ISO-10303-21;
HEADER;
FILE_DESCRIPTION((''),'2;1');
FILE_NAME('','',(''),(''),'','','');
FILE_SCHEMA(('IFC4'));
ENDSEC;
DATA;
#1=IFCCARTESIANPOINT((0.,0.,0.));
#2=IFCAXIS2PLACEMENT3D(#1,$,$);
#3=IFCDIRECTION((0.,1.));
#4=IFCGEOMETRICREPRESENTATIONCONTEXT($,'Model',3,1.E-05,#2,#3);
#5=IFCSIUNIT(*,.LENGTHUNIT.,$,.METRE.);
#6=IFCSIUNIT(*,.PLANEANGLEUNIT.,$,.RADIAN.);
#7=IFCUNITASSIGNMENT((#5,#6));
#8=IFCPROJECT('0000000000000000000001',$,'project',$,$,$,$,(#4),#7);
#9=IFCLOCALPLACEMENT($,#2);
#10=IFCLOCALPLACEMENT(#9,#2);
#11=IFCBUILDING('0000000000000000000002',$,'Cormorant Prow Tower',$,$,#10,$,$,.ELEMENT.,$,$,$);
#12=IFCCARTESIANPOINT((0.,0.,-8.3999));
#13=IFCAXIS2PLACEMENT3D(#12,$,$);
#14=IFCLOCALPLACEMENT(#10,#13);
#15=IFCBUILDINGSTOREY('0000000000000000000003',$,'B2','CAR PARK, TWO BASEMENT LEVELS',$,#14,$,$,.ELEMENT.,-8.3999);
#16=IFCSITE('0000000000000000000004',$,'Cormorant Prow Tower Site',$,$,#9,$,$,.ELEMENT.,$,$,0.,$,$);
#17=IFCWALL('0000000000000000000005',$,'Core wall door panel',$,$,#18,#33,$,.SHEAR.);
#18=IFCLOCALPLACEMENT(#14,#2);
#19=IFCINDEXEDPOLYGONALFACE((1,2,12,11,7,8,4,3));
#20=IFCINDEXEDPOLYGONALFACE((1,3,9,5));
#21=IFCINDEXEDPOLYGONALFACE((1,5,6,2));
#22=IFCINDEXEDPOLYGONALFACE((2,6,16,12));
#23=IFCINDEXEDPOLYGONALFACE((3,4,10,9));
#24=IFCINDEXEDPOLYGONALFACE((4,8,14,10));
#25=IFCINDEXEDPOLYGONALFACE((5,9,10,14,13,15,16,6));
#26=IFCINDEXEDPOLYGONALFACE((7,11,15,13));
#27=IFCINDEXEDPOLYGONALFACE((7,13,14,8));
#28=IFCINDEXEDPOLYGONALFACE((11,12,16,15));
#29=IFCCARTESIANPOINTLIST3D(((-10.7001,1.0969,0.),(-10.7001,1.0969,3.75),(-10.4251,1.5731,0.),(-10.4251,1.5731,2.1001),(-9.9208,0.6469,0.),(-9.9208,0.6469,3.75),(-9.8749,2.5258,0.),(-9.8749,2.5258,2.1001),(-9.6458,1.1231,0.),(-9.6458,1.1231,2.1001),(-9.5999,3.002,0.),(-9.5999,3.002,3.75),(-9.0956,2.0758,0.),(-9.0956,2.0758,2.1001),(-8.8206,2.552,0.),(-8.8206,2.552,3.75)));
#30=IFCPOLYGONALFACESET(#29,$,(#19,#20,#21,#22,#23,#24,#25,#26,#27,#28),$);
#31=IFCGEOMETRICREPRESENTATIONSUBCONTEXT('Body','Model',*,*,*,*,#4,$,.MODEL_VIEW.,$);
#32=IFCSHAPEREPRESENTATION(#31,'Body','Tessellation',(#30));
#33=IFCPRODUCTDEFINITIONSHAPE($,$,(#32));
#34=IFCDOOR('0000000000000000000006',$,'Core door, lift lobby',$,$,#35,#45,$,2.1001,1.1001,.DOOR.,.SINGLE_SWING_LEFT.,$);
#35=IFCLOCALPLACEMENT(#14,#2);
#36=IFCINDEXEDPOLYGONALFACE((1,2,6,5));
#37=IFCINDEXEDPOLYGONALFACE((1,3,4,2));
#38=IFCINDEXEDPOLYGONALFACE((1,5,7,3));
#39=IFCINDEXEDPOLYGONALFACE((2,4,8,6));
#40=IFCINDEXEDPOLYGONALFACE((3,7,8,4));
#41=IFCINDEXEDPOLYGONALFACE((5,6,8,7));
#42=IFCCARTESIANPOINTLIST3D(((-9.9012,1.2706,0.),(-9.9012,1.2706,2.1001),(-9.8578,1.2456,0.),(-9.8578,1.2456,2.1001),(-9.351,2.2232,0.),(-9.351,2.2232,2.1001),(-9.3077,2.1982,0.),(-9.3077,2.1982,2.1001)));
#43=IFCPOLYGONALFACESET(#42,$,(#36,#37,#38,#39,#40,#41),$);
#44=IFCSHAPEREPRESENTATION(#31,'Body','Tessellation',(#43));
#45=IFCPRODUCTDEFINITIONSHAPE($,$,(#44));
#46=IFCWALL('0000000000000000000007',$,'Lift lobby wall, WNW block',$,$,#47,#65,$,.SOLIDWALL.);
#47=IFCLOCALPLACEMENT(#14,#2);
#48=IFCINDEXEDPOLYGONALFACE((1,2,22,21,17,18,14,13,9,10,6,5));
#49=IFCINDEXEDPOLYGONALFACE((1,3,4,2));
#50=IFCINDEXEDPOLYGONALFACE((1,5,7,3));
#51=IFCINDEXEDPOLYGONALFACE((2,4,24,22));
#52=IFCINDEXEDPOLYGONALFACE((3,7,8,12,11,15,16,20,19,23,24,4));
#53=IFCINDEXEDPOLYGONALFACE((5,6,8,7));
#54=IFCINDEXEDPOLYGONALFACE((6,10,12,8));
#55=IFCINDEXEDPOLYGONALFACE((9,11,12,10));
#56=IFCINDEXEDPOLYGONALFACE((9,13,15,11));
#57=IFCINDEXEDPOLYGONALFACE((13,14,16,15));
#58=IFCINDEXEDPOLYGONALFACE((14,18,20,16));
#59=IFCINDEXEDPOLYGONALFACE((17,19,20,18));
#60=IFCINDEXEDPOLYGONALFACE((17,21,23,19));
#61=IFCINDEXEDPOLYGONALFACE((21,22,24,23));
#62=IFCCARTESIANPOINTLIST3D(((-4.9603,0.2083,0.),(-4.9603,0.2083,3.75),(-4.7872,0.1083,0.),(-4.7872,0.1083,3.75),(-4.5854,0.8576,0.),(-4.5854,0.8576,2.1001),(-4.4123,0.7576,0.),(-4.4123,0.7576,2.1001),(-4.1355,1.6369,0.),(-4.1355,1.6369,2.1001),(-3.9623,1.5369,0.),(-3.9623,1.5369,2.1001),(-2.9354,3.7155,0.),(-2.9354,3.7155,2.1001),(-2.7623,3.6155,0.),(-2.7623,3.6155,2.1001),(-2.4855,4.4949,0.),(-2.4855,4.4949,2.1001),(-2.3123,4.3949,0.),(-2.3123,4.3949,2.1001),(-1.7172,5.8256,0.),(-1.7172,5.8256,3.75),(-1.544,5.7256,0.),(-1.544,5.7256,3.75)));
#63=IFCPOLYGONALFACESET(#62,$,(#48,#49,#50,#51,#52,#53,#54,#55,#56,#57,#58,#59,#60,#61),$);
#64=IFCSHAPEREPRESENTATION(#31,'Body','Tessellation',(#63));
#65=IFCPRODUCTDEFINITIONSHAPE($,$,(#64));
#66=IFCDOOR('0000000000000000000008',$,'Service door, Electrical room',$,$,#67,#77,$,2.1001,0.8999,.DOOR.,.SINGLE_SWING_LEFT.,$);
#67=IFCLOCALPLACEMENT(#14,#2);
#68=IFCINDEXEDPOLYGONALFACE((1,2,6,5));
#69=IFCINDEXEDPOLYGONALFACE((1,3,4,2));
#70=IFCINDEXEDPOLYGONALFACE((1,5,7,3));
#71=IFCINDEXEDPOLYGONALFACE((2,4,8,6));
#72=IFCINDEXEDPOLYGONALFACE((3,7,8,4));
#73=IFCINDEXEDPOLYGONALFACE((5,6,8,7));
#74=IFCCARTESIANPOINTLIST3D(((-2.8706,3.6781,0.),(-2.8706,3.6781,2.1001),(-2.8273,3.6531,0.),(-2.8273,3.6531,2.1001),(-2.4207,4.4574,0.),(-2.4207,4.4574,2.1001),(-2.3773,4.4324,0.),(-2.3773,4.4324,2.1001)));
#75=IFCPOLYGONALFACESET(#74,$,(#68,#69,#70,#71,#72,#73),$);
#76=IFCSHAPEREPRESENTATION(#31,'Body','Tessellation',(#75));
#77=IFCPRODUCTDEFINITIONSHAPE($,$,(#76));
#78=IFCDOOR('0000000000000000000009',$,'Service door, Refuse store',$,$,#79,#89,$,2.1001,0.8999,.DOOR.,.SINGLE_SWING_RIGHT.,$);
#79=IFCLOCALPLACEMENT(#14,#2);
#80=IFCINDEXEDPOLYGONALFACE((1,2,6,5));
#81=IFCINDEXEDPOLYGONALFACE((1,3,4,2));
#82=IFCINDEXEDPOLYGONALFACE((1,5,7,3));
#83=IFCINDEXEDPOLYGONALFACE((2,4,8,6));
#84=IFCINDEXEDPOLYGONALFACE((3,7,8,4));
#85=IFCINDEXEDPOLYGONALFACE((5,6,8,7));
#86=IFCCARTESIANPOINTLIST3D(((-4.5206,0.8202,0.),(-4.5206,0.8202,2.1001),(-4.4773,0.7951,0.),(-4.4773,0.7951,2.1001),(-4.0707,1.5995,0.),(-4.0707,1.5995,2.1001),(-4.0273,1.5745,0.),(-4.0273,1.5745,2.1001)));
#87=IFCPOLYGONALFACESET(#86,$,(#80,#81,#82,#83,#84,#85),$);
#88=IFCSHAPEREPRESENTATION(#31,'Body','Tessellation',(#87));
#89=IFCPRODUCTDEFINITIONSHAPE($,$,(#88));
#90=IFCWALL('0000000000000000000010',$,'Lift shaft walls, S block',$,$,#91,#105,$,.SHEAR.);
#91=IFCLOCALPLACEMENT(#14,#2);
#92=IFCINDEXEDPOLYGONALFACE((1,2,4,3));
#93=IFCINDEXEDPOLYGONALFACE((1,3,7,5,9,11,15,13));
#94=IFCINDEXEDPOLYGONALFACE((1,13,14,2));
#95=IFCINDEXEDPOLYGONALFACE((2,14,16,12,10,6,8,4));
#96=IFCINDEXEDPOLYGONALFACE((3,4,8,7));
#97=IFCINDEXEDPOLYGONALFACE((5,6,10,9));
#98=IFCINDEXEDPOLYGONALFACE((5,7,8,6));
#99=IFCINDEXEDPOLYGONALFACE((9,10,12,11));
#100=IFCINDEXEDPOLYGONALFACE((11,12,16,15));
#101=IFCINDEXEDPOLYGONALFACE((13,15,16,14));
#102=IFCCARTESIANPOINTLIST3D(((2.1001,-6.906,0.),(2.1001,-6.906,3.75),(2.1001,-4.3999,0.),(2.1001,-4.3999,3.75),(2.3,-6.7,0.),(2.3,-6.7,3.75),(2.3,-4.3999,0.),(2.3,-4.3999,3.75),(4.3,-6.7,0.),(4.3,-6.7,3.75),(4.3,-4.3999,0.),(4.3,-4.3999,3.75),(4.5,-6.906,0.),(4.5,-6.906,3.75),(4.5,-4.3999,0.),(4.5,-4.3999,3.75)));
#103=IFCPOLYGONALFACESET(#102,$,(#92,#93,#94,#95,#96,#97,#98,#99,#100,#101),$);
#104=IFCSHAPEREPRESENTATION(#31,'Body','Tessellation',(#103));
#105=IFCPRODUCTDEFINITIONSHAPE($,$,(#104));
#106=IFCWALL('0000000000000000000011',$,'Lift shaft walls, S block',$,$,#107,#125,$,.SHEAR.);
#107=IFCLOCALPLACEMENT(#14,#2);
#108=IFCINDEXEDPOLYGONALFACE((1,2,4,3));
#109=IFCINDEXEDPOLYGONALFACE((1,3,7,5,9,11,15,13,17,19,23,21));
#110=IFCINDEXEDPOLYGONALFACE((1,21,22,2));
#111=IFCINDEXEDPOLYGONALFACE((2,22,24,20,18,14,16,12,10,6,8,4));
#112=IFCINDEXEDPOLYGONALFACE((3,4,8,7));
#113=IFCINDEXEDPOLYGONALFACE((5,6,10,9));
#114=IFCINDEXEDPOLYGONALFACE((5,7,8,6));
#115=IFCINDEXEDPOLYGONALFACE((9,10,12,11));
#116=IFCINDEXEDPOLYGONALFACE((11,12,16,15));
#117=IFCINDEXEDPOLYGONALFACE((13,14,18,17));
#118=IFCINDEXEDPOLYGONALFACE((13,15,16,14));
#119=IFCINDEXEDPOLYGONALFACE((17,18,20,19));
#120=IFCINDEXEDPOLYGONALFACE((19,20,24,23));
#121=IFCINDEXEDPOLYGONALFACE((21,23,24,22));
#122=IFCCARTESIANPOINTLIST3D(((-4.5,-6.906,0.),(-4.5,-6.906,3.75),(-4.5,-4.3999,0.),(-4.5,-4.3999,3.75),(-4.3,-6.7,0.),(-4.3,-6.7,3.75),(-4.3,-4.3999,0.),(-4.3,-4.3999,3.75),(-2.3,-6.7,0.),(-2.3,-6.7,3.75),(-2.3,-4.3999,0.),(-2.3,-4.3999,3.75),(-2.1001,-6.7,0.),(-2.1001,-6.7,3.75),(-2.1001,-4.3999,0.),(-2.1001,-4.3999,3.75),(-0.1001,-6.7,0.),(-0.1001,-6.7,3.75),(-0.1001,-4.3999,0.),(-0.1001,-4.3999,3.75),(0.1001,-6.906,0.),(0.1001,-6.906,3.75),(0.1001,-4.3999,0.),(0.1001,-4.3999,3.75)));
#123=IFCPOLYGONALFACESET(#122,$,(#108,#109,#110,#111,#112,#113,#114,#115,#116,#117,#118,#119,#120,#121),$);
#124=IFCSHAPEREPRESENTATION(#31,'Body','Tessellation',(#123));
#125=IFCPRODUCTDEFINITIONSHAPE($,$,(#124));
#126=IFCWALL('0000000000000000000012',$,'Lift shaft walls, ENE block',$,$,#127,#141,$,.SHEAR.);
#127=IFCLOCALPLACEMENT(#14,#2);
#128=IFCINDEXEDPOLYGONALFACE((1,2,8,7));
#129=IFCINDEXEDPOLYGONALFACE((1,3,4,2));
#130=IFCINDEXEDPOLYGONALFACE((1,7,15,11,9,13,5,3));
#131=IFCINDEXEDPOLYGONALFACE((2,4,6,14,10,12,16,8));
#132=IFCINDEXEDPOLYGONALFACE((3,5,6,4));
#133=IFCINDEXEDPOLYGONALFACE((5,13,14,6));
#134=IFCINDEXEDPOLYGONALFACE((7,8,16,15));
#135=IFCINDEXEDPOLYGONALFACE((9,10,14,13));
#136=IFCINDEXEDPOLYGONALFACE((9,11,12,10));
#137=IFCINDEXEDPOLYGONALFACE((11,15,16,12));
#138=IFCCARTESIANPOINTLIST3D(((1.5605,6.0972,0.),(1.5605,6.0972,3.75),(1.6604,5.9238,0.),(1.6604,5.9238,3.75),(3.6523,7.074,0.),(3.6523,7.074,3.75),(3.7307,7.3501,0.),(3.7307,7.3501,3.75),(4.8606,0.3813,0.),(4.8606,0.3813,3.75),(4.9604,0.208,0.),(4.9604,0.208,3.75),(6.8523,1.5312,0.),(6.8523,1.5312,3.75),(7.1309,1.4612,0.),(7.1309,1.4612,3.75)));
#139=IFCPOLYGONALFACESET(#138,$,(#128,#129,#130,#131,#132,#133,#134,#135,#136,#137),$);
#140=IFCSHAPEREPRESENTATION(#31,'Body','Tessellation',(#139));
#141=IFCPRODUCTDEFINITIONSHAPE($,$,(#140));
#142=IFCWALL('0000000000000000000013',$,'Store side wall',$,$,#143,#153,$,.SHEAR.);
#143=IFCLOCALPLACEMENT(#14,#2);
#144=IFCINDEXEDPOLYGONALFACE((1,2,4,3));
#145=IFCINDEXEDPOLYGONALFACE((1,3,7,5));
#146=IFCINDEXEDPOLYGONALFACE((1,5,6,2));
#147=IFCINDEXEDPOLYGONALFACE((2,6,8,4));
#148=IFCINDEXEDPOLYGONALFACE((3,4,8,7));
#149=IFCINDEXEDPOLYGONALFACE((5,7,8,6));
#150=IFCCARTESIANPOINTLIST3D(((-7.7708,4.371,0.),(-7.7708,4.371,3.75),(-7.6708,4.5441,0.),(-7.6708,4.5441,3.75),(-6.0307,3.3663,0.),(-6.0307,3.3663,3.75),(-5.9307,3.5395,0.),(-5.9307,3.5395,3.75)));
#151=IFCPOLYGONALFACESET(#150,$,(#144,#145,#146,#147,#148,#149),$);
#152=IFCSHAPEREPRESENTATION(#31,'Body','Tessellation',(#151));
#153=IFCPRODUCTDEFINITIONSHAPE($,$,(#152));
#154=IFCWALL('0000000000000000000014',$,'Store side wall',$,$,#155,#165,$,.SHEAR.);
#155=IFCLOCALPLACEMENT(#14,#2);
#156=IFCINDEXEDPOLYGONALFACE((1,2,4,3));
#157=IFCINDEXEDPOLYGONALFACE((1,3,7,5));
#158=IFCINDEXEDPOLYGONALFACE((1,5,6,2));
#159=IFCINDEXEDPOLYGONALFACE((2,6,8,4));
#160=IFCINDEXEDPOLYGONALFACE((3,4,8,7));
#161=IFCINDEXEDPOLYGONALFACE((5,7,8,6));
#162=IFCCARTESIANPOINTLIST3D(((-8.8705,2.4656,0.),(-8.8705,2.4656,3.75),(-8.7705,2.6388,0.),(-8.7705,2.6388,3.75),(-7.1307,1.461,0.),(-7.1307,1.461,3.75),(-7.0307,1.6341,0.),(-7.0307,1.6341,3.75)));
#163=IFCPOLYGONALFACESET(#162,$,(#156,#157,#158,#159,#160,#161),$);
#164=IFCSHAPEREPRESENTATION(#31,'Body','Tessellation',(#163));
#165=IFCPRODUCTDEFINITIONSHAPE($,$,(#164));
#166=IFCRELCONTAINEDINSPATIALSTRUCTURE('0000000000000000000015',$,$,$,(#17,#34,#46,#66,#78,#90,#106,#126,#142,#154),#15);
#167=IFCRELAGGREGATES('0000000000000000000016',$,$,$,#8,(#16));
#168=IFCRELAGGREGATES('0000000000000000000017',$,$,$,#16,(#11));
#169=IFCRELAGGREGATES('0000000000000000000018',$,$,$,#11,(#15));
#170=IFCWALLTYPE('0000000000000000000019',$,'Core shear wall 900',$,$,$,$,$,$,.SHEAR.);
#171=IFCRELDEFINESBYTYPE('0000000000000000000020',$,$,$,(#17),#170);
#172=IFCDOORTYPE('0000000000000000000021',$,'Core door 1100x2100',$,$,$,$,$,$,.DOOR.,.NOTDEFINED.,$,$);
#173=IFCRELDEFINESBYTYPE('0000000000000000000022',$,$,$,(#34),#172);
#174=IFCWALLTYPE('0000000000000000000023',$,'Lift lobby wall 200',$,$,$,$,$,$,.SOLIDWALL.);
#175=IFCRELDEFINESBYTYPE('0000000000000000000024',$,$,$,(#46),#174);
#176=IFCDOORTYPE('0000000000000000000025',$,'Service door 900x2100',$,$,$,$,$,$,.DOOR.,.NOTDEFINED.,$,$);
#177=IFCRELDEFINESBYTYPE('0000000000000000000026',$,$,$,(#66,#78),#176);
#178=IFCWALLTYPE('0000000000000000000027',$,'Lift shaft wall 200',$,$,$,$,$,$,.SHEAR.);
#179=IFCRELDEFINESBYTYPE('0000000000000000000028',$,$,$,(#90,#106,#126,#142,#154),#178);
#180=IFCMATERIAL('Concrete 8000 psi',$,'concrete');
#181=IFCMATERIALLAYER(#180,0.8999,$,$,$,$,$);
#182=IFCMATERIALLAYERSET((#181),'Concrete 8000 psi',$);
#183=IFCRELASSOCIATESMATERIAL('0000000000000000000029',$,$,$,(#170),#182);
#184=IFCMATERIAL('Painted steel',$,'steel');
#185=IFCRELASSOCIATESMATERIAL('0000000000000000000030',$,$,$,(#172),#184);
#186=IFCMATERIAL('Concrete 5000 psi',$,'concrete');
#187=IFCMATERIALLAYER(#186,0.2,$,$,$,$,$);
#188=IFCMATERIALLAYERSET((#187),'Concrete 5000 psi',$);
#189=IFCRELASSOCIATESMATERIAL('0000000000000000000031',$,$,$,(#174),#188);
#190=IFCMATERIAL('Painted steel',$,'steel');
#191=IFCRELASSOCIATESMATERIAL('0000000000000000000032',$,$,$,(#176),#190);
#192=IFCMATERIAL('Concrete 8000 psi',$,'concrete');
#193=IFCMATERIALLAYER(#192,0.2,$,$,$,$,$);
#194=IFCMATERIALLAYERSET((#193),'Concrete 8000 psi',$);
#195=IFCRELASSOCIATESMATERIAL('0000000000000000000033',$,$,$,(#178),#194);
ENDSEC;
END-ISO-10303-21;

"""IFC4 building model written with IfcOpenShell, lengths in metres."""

from ifc_helpers import new_model, si_unit, direction, frame, frame_2d, origin, place, context, subcontext, project, spatial, polyline, rectangle, outline, extrude, material, layer, layer_set, type_object, element, fill, save


model = new_model("IFC4")

# Units and contexts
model_context = context("Model", 3, precision=1e-05, world=origin(), true_north=direction((0.0, 1.0)))
body_context = subcontext(model_context, "Body", "Model", "MODEL_VIEW")
ifc_project = project(units=[si_unit("LENGTHUNIT", "METRE"), si_unit("PLANEANGLEUNIT", "RADIAN")], contexts=[model_context])

# Site, building, storey
site_placement = place(None, origin())
site = spatial("IfcSite", under=ifc_project, at=site_placement, Name="Cormorant Prow Tower Site", CompositionType="ELEMENT", RefElevation=0.0)
building_placement = place(site_placement, origin())
building = spatial("IfcBuilding", under=site, at=building_placement, Name="Cormorant Prow Tower", CompositionType="ELEMENT")
storey_placement = place(building_placement, frame((0.0, 0.0, -8.3999)))
storey = spatial("IfcBuildingStorey", under=building, at=storey_placement, Name="B2", Description="CAR PARK, TWO BASEMENT LEVELS", CompositionType="ELEMENT", Elevation=-8.3999)

# Shared definitions
ifc_material_1 = material(Name="Concrete 8000 psi", Category="concrete")
ifc_layer_1 = layer(ifc_material_1, 0.8999)
ifc_layer_set_1 = layer_set([ifc_layer_1], Name="Concrete 8000 psi")
wall_type_1 = type_object("IfcWallType", Name="Core shear wall 900", PredefinedType="SHEAR", material=ifc_layer_set_1)

# Wall, opening, door
wall_1_placement = place(storey_placement, frame((-9.2102, 2.7771, 0.0), z_axis=(0.0, 0.0, 1.0), x_axis=(-0.500078, -0.86598, 0.0)))
wall_1 = element("IfcWall", 1, at=wall_1_placement, inside=storey, type_object=wall_type_1, Name="Core wall door panel", PredefinedType="SHEAR", context=body_context, shape_type="SweptSolid", body=[
    extrude(rectangle(XDim=2.2, YDim=0.8999, at=frame_2d((1.1001, 0.0))), origin(), (0.0, 0.0, 1.0), 3.75),
])
opening_1_placement = place(wall_1_placement, frame((0.55, 0.0, 0.0)))
opening_1 = element("IfcOpeningElement", 2, at=opening_1_placement, cuts=wall_1, PredefinedType="OPENING", context=body_context, shape_type="SweptSolid", body=[
    extrude(rectangle(XDim=1.1001, YDim=2.1001, at=frame_2d((0.55, 1.05))), frame((0.0, 0.46, 0.0), z_axis=(0.0, -1.0, 0.0), x_axis=(1.0, 0.0, 0.0)), (0.0, 0.0, 1.0), 0.9199),
])
ifc_material_2 = material(Name="Painted steel", Category="steel")
door_type_1 = type_object("IfcDoorType", Name="Core door 1100x2100", OperationType="NOTDEFINED", PredefinedType="DOOR", material=ifc_material_2)
door_1_placement = place(opening_1_placement, origin())
door_1 = element("IfcDoor", 3, at=door_1_placement, inside=storey, type_object=door_type_1, Name="Core door, lift lobby", OperationType="SINGLE_SWING_LEFT", OverallHeight=2.1001, OverallWidth=1.1001, PredefinedType="DOOR", context=body_context, shape_type="SweptSolid", body=[
    extrude(rectangle(XDim=1.1001, YDim=2.1001, at=frame_2d((0.55, 1.05))), frame((0.0, 0.2051, 0.0), z_axis=(0.0, -1.0, 0.0), x_axis=(1.0, 0.0, 0.0)), (0.0, 0.0, 1.0), 0.05),
])
fill(opening_1, door_1)

# Wall, openings, doors
ifc_material_3 = material(Name="Concrete 5000 psi", Category="concrete")
ifc_layer_2 = layer(ifc_material_3, 0.2)
ifc_layer_set_2 = layer_set([ifc_layer_2], Name="Concrete 5000 psi")
wall_type_2 = type_object("IfcWallType", Name="Lift lobby wall 200", PredefinedType="SOLIDWALL", material=ifc_layer_set_2)
wall_2_placement = place(storey_placement, frame((-1.6306, 5.7756, 0.0), z_axis=(0.0, 0.0, 1.0), x_axis=(-0.499993, -0.86603, 0.0)))
wall_2 = element("IfcWall", 4, at=wall_2_placement, inside=storey, type_object=wall_type_2, Name="Lift lobby wall, WNW block", PredefinedType="SOLIDWALL", context=body_context, shape_type="SweptSolid", body=[
    extrude(rectangle(XDim=6.4863, YDim=0.2, at=frame_2d((3.2432, 0.0))), origin(), (0.0, 0.0, 1.0), 3.75),
])
opening_2_placement = place(wall_2_placement, frame((1.5366, 0.0, 0.0)))
opening_2 = element("IfcOpeningElement", 5, at=opening_2_placement, cuts=wall_2, PredefinedType="OPENING", context=body_context, shape_type="SweptSolid", body=[
    extrude(rectangle(XDim=0.8999, YDim=2.1001, at=frame_2d((0.45, 1.05))), frame((0.0, 0.1099, 0.0), z_axis=(0.0, -1.0, 0.0), x_axis=(1.0, 0.0, 0.0)), (0.0, 0.0, 1.0), 0.22),
])
opening_3_placement = place(wall_2_placement, frame((4.8367, 0.0, 0.0)))
opening_3 = element("IfcOpeningElement", 6, at=opening_3_placement, cuts=wall_2, PredefinedType="OPENING", context=body_context, shape_type="SweptSolid", body=[
    extrude(rectangle(XDim=0.8999, YDim=2.1001, at=frame_2d((0.45, 1.05))), frame((0.0, 0.1099, 0.0), z_axis=(0.0, -1.0, 0.0), x_axis=(1.0, 0.0, 0.0)), (0.0, 0.0, 1.0), 0.22),
])
ifc_material_4 = material(Name="Painted steel", Category="steel")
door_type_2 = type_object("IfcDoorType", Name="Service door 900x2100", OperationType="NOTDEFINED", PredefinedType="DOOR", material=ifc_material_4)
door_2_placement = place(opening_2_placement, origin())
door_2 = element("IfcDoor", 7, at=door_2_placement, inside=storey, type_object=door_type_2, Name="Service door, Electrical room", OperationType="SINGLE_SWING_LEFT", OverallHeight=2.1001, OverallWidth=0.8999, PredefinedType="DOOR", context=body_context, shape_type="SweptSolid", body=[
    extrude(rectangle(XDim=0.8999, YDim=2.1001, at=frame_2d((0.45, 1.05))), frame((0.0, 0.0249, 0.0), z_axis=(0.0, -1.0, 0.0), x_axis=(1.0, 0.0, 0.0)), (0.0, 0.0, 1.0), 0.05),
])
fill(opening_2, door_2)
door_3_placement = place(opening_3_placement, origin())
door_3 = element("IfcDoor", 8, at=door_3_placement, inside=storey, type_object=door_type_2, Name="Service door, Refuse store", OperationType="SINGLE_SWING_RIGHT", OverallHeight=2.1001, OverallWidth=0.8999, PredefinedType="DOOR", context=body_context, shape_type="SweptSolid", body=[
    extrude(rectangle(XDim=0.8999, YDim=2.1001, at=frame_2d((0.45, 1.05))), frame((0.0, 0.0249, 0.0), z_axis=(0.0, -1.0, 0.0), x_axis=(1.0, 0.0, 0.0)), (0.0, 0.0, 1.0), 0.05),
])
fill(opening_3, door_3)

# Walls
ifc_material_5 = material(Name="Concrete 8000 psi", Category="concrete")
ifc_layer_3 = layer(ifc_material_5, 0.2)
ifc_layer_set_3 = layer_set([ifc_layer_3], Name="Concrete 8000 psi")
wall_type_3 = type_object("IfcWallType", Name="Lift shaft wall 200", PredefinedType="SHEAR", material=ifc_layer_set_3)
wall_3_placement = place(storey_placement, origin())
element("IfcWall", 9, at=wall_3_placement, inside=storey, type_object=wall_type_3, Name="Lift shaft walls, S block", PredefinedType="SHEAR", context=body_context, shape_type="SweptSolid", body=[
    extrude(outline(polyline([(4.5, -4.3999), (4.5, -6.906), (2.1001, -6.906), (2.1001, -4.3999), (2.3, -4.3999), (2.3, -6.7), (4.3, -6.7), (4.3, -4.3999), (4.5, -4.3999)])), origin(), (0.0, 0.0, 1.0), 3.75),
])
wall_4_placement = place(storey_placement, origin())
element("IfcWall", 10, at=wall_4_placement, inside=storey, type_object=wall_type_3, Name="Lift shaft walls, S block", PredefinedType="SHEAR", context=body_context, shape_type="SweptSolid", body=[
    extrude(outline(polyline([(0.1001, -4.3999), (0.1001, -6.906), (-4.5, -6.906), (-4.5, -4.3999), (-4.3, -4.3999), (-4.3, -6.7), (-2.3, -6.7), (-2.3, -4.3999), (-2.1001, -4.3999), (-2.1001, -6.7), (-0.1001, -6.7), (-0.1001, -4.3999), (0.1001, -4.3999)])), origin(), (0.0, 0.0, 1.0), 3.75),
])
wall_5_placement = place(storey_placement, origin())
element("IfcWall", 11, at=wall_5_placement, inside=storey, type_object=wall_type_3, Name="Lift shaft walls, ENE block", PredefinedType="SHEAR", context=body_context, shape_type="SweptSolid", body=[
    extrude(outline(polyline([(1.5605, 6.0972), (3.7307, 7.3501), (7.1309, 1.4612), (4.9604, 0.208), (4.8606, 0.3813), (6.8523, 1.5312), (3.6523, 7.074), (1.6604, 5.9238), (1.5605, 6.0972)])), origin(), (0.0, 0.0, 1.0), 3.75),
])
wall_6_placement = place(storey_placement, frame((-5.9807, 3.4529, 0.0), z_axis=(0.0, 0.0, 1.0), x_axis=(-0.866014, 0.50002, 0.0)))
element("IfcWall", 12, at=wall_6_placement, inside=storey, type_object=wall_type_3, Name="Store side wall", PredefinedType="SHEAR", context=body_context, shape_type="SweptSolid", body=[
    extrude(rectangle(XDim=2.0093, YDim=0.2, at=frame_2d((1.0046, 0.0))), origin(), (0.0, 0.0, 1.0), 3.75),
])
wall_7_placement = place(storey_placement, frame((-7.0808, 1.5476, 0.0), z_axis=(0.0, 0.0, 1.0), x_axis=(-0.865983, 0.500073, 0.0)))
element("IfcWall", 13, at=wall_7_placement, inside=storey, type_object=wall_type_3, Name="Store side wall", PredefinedType="SHEAR", context=body_context, shape_type="SweptSolid", body=[
    extrude(rectangle(XDim=2.009, YDim=0.2, at=frame_2d((1.0044, 0.0))), origin(), (0.0, 0.0, 1.0), 3.75),
])

save(model, "model.ifc")
